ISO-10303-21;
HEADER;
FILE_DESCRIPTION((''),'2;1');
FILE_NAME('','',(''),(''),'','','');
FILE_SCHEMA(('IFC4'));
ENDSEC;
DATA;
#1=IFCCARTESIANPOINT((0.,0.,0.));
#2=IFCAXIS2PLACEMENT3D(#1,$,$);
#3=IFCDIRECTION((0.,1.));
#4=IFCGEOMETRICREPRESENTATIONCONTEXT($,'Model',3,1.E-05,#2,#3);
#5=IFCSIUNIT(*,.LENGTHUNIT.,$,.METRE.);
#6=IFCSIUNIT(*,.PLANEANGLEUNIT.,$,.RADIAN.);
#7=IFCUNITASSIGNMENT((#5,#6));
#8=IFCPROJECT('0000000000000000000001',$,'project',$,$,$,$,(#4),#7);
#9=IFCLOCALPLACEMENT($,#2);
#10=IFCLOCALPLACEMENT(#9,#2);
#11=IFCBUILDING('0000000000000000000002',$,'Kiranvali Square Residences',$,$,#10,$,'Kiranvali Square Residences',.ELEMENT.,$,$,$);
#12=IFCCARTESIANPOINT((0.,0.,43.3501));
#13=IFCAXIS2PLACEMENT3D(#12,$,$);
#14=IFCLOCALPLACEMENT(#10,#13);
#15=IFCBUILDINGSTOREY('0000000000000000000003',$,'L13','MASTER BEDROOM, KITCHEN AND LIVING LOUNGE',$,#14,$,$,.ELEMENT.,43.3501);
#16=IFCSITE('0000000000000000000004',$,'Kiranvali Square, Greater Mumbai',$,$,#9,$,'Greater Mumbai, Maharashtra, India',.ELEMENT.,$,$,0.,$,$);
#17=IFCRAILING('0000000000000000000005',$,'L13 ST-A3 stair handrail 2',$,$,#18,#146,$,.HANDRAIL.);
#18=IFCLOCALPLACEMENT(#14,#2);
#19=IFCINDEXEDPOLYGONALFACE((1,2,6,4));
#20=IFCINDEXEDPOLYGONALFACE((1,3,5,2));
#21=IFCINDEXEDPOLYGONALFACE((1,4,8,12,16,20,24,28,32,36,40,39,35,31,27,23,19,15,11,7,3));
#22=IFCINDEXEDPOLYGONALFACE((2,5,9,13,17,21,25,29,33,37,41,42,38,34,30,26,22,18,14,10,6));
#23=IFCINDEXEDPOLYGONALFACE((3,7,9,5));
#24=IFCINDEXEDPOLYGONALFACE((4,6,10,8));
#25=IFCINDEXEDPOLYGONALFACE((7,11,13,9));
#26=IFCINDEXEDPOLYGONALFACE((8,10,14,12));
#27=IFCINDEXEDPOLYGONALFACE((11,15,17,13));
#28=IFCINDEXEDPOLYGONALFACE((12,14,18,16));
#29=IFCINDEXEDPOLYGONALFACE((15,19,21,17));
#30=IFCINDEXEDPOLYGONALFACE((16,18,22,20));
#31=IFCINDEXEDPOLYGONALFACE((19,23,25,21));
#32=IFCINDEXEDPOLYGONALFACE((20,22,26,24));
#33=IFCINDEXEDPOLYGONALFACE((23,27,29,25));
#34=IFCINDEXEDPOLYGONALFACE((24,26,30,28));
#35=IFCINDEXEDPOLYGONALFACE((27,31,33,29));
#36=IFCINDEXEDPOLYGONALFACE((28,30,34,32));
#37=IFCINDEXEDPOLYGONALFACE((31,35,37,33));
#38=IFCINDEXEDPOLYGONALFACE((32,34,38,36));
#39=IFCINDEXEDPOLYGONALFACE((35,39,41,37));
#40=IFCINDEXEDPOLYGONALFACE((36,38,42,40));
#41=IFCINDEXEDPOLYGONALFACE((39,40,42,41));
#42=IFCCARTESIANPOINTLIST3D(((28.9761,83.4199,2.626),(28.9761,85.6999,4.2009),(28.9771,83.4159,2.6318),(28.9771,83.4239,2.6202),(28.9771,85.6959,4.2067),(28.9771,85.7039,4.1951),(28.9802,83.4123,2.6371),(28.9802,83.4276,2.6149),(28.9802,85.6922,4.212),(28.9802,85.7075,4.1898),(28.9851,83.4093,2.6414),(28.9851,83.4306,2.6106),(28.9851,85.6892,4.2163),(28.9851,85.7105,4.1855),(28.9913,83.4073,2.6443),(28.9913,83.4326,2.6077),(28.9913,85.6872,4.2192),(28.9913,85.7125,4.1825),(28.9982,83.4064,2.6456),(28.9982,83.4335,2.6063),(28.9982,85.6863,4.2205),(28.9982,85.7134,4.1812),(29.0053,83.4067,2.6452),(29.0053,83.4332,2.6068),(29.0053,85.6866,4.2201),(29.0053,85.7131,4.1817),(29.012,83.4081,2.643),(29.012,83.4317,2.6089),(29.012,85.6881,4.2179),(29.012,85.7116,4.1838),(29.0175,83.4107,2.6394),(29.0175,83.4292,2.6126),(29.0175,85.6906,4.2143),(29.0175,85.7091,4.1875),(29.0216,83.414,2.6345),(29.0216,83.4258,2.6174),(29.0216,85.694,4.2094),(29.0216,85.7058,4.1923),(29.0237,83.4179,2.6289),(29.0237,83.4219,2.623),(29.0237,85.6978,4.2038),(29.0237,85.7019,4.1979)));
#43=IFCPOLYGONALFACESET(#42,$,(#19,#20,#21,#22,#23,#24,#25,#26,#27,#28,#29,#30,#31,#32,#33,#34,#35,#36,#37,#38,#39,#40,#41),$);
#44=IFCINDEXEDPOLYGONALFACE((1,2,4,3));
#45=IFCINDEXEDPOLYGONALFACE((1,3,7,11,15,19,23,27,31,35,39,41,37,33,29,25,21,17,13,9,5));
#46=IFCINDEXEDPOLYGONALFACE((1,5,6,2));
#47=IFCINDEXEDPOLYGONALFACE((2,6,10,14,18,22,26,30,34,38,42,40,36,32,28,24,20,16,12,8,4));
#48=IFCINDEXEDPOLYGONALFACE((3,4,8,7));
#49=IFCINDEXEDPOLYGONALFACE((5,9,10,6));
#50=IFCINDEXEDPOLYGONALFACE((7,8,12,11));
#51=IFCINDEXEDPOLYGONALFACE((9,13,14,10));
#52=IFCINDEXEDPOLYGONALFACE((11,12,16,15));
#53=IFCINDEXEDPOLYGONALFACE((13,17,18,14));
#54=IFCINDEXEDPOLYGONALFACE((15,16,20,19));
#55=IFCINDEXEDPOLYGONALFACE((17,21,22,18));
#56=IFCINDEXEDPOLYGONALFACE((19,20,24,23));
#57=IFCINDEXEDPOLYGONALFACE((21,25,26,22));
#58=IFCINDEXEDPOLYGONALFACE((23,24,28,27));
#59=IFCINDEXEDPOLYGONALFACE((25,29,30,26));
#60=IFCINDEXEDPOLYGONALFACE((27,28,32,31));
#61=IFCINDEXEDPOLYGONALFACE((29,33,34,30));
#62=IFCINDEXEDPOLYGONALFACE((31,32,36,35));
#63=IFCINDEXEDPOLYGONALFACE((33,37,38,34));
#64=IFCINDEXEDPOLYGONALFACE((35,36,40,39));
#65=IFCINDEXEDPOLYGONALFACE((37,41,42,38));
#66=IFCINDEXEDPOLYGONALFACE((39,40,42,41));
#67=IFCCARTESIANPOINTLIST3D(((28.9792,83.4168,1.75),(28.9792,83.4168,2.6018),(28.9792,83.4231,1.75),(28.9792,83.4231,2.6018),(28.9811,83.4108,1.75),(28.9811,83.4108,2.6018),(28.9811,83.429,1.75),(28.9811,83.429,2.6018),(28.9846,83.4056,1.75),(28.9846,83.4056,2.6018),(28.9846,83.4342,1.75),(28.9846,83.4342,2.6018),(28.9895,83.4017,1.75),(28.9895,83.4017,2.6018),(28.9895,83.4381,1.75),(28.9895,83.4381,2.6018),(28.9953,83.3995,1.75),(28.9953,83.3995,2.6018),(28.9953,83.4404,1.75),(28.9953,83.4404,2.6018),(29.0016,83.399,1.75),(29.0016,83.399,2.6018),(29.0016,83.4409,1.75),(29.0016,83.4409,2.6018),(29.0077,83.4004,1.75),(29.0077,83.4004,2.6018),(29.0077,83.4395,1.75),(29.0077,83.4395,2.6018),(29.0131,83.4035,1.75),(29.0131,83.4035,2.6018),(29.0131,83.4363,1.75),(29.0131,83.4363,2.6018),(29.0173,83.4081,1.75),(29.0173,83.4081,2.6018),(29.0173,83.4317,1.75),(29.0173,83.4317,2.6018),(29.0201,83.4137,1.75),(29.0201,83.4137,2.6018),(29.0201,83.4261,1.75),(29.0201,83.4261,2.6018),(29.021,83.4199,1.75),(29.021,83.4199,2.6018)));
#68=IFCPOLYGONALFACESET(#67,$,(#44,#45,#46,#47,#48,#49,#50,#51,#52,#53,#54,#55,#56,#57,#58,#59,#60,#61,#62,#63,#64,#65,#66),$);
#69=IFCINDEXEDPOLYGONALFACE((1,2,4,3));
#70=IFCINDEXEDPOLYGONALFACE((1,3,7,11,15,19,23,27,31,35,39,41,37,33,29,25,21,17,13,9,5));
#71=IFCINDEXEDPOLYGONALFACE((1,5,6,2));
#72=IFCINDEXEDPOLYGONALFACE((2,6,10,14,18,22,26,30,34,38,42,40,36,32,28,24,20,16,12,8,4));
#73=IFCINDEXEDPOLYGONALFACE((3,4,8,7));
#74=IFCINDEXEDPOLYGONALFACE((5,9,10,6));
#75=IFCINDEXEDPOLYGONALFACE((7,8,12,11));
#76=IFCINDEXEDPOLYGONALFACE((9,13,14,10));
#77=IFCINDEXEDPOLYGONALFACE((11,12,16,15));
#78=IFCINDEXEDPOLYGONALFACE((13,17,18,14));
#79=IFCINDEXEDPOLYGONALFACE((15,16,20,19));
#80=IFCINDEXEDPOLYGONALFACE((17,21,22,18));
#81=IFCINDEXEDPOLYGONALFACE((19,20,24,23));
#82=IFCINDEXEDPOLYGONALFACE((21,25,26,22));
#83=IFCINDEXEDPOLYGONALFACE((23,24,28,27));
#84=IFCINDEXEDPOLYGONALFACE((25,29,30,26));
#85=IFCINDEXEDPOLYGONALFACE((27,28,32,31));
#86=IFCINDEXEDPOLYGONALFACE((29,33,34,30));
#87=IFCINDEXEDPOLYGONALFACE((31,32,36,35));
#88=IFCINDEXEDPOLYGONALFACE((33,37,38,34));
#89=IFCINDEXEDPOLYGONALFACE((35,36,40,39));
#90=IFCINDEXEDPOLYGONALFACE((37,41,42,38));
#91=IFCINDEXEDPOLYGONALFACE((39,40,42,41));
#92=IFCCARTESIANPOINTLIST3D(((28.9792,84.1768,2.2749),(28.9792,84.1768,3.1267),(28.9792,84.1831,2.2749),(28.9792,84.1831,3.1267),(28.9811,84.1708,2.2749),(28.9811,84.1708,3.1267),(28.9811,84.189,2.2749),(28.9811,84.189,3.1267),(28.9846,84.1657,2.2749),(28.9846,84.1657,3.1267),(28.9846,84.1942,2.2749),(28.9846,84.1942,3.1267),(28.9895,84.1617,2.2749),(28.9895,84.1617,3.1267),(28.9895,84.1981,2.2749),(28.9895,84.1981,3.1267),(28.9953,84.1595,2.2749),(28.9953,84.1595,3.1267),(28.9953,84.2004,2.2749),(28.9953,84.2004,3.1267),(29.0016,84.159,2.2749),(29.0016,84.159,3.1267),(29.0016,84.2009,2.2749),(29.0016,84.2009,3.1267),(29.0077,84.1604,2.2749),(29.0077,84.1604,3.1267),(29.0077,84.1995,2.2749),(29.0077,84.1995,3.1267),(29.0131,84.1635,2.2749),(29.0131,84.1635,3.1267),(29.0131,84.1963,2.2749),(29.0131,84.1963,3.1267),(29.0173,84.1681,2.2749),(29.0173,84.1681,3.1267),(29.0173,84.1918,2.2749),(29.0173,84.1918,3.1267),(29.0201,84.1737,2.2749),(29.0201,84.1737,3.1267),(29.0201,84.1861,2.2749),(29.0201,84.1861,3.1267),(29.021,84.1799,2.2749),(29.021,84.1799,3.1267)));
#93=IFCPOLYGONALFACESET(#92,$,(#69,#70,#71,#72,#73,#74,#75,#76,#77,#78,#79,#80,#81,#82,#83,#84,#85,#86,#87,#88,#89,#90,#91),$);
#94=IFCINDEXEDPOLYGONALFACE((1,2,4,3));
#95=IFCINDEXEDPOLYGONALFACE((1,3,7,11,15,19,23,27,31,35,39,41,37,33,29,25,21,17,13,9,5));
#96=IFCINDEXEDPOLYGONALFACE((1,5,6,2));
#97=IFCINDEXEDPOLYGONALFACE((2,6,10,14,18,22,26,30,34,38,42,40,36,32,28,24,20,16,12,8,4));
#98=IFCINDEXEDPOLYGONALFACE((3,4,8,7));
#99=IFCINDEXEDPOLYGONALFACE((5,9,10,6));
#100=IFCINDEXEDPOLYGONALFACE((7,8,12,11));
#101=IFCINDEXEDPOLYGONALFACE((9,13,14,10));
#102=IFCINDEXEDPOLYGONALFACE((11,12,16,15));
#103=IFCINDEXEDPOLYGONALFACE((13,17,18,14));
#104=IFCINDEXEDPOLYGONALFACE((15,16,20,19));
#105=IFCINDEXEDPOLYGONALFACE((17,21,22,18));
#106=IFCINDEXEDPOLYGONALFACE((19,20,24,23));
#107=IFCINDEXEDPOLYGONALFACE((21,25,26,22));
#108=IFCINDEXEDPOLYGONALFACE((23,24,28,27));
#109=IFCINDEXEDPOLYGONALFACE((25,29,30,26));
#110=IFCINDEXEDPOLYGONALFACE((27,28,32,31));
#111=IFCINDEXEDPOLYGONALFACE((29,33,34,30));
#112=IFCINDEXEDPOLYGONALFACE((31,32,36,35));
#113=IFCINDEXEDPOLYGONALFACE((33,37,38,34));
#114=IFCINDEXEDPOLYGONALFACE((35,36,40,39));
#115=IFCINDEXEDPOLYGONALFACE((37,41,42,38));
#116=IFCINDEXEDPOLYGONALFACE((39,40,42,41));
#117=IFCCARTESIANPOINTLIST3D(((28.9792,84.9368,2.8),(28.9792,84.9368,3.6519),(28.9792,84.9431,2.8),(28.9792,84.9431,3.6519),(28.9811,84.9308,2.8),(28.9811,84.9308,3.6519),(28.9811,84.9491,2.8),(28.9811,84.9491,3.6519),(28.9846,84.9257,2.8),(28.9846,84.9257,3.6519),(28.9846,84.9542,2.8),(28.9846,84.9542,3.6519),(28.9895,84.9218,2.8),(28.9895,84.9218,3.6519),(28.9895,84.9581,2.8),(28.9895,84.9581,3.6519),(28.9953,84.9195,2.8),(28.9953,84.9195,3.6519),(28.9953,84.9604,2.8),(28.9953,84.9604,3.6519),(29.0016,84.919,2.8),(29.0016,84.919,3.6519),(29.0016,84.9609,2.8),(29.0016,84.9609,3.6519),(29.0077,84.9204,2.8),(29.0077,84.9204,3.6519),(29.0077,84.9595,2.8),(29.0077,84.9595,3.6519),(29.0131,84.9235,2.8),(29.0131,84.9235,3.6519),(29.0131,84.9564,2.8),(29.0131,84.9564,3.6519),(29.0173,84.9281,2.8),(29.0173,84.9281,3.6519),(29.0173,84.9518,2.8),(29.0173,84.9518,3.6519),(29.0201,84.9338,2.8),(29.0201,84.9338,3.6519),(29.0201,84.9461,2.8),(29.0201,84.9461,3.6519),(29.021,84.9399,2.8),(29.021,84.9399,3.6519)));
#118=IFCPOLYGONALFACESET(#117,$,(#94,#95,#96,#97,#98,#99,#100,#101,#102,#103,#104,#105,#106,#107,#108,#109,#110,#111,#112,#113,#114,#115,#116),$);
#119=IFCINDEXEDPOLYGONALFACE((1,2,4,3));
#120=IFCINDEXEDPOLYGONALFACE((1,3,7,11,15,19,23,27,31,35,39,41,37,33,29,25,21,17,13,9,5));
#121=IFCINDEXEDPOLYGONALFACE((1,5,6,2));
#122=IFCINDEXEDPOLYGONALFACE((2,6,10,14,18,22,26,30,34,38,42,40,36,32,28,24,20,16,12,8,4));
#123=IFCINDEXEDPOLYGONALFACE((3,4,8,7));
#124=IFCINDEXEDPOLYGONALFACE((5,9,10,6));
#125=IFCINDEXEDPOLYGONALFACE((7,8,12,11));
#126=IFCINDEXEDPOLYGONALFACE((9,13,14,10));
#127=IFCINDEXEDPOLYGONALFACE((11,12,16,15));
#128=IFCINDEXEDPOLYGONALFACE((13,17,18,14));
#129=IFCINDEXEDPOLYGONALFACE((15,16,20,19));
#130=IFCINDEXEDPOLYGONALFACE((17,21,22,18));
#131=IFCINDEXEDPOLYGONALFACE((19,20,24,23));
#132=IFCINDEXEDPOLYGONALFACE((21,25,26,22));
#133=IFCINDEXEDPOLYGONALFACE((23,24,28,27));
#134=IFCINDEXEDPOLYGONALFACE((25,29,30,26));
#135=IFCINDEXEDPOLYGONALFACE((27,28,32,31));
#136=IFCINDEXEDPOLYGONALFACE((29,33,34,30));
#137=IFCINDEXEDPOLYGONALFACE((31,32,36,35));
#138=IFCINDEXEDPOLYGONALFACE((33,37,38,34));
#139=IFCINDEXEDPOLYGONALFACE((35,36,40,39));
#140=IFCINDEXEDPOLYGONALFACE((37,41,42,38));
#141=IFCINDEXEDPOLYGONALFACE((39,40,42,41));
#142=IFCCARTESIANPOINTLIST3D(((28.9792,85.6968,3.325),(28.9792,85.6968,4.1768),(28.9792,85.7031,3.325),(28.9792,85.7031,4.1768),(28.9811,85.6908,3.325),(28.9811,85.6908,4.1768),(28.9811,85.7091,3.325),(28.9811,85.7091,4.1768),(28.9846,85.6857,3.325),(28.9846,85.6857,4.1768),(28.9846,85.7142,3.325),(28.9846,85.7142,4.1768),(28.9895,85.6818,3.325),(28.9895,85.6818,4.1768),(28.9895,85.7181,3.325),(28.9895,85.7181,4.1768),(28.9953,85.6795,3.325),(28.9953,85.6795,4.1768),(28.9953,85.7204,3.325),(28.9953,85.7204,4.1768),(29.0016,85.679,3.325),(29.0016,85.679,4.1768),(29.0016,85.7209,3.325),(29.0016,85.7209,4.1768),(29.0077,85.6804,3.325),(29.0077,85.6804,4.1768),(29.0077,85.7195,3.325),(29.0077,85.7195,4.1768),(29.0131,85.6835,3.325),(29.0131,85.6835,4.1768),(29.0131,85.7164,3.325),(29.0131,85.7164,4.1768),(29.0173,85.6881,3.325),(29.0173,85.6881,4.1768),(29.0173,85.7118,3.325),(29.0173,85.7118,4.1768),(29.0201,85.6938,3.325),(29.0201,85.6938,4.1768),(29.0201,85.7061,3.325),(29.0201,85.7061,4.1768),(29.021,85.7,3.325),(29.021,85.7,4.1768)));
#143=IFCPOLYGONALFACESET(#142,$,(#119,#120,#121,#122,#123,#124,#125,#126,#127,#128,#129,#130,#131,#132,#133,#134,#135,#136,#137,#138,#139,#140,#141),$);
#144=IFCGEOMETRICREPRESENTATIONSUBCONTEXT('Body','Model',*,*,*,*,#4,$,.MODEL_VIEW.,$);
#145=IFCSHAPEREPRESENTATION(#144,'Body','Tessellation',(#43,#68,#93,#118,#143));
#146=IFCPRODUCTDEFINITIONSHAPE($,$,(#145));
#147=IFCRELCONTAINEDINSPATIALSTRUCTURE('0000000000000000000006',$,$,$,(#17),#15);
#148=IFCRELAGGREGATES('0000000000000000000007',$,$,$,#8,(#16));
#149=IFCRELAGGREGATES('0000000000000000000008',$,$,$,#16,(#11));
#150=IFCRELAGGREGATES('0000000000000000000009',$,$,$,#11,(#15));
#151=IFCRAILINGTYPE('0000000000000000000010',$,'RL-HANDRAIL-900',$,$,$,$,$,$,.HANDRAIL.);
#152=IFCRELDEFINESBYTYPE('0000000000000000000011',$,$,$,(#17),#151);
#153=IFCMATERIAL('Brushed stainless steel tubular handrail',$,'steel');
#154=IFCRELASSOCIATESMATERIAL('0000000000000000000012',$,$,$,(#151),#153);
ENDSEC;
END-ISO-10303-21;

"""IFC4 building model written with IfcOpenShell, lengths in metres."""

from ifc_helpers import new_model, si_unit, direction, frame, origin, origin_2d, place, context, subcontext, project, spatial, circle, extrude, material, type_object, element, save


model = new_model("IFC4")

# Units and contexts
model_context = context("Model", 3, precision=1e-05, world=origin(), true_north=direction((0.0, 1.0)))
body_context = subcontext(model_context, "Body", "Model", "MODEL_VIEW")
ifc_project = project(units=[si_unit("LENGTHUNIT", "METRE"), si_unit("PLANEANGLEUNIT", "RADIAN")], contexts=[model_context])

# Site, building, storey
site_placement = place(None, origin())
site = spatial("IfcSite", under=ifc_project, at=site_placement, Name="Kiranvali Square, Greater Mumbai", LongName="Greater Mumbai, Maharashtra, India", CompositionType="ELEMENT", RefElevation=0.0)
building_placement = place(site_placement, origin())
building = spatial("IfcBuilding", under=site, at=building_placement, Name="Kiranvali Square Residences", LongName="Kiranvali Square Residences", CompositionType="ELEMENT")
storey_placement = place(building_placement, frame((0.0, 0.0, 43.3501)))
storey = spatial("IfcBuildingStorey", under=building, at=storey_placement, Name="L13", Description="MASTER BEDROOM, KITCHEN AND LIVING LOUNGE", CompositionType="ELEMENT", Elevation=43.3501)

# Railing
ifc_material_1 = material(Name="Brushed stainless steel tubular handrail", Category="steel")
railing_type_1 = type_object("IfcRailingType", Name="RL-HANDRAIL-900", PredefinedType="HANDRAIL", material=ifc_material_1)
railing_1_placement = place(storey_placement, frame((29.0, 83.4199, 1.75)))
element("IfcRailing", 1, at=railing_1_placement, inside=storey, type_object=railing_type_1, Name="L13 ST-A3 stair handrail 2", PredefinedType="HANDRAIL", context=body_context, shape_type="SweptSolid", body=[
    extrude(circle(Radius=0.0239, at=origin_2d()), frame((0.0, 0.0, 0.876), z_axis=(0.0, 0.822788, 0.568348), x_axis=(-1.0, 0.0, 0.0)), (0.0, 0.0, 1.0), 2.771),
    extrude(circle(Radius=0.021, at=origin_2d()), origin(), (0.0, 0.0, 1.0), 0.8518),
    extrude(circle(Radius=0.021, at=origin_2d()), frame((0.0, 0.76, 0.5249)), (0.0, 0.0, 1.0), 0.8518),
    extrude(circle(Radius=0.021, at=origin_2d()), frame((0.0, 1.52, 1.05)), (0.0, 0.0, 1.0), 0.8518),
    extrude(circle(Radius=0.021, at=origin_2d()), frame((0.0, 2.28, 1.575)), (0.0, 0.0, 1.0), 0.8518),
])

save(model, "model.ifc")
